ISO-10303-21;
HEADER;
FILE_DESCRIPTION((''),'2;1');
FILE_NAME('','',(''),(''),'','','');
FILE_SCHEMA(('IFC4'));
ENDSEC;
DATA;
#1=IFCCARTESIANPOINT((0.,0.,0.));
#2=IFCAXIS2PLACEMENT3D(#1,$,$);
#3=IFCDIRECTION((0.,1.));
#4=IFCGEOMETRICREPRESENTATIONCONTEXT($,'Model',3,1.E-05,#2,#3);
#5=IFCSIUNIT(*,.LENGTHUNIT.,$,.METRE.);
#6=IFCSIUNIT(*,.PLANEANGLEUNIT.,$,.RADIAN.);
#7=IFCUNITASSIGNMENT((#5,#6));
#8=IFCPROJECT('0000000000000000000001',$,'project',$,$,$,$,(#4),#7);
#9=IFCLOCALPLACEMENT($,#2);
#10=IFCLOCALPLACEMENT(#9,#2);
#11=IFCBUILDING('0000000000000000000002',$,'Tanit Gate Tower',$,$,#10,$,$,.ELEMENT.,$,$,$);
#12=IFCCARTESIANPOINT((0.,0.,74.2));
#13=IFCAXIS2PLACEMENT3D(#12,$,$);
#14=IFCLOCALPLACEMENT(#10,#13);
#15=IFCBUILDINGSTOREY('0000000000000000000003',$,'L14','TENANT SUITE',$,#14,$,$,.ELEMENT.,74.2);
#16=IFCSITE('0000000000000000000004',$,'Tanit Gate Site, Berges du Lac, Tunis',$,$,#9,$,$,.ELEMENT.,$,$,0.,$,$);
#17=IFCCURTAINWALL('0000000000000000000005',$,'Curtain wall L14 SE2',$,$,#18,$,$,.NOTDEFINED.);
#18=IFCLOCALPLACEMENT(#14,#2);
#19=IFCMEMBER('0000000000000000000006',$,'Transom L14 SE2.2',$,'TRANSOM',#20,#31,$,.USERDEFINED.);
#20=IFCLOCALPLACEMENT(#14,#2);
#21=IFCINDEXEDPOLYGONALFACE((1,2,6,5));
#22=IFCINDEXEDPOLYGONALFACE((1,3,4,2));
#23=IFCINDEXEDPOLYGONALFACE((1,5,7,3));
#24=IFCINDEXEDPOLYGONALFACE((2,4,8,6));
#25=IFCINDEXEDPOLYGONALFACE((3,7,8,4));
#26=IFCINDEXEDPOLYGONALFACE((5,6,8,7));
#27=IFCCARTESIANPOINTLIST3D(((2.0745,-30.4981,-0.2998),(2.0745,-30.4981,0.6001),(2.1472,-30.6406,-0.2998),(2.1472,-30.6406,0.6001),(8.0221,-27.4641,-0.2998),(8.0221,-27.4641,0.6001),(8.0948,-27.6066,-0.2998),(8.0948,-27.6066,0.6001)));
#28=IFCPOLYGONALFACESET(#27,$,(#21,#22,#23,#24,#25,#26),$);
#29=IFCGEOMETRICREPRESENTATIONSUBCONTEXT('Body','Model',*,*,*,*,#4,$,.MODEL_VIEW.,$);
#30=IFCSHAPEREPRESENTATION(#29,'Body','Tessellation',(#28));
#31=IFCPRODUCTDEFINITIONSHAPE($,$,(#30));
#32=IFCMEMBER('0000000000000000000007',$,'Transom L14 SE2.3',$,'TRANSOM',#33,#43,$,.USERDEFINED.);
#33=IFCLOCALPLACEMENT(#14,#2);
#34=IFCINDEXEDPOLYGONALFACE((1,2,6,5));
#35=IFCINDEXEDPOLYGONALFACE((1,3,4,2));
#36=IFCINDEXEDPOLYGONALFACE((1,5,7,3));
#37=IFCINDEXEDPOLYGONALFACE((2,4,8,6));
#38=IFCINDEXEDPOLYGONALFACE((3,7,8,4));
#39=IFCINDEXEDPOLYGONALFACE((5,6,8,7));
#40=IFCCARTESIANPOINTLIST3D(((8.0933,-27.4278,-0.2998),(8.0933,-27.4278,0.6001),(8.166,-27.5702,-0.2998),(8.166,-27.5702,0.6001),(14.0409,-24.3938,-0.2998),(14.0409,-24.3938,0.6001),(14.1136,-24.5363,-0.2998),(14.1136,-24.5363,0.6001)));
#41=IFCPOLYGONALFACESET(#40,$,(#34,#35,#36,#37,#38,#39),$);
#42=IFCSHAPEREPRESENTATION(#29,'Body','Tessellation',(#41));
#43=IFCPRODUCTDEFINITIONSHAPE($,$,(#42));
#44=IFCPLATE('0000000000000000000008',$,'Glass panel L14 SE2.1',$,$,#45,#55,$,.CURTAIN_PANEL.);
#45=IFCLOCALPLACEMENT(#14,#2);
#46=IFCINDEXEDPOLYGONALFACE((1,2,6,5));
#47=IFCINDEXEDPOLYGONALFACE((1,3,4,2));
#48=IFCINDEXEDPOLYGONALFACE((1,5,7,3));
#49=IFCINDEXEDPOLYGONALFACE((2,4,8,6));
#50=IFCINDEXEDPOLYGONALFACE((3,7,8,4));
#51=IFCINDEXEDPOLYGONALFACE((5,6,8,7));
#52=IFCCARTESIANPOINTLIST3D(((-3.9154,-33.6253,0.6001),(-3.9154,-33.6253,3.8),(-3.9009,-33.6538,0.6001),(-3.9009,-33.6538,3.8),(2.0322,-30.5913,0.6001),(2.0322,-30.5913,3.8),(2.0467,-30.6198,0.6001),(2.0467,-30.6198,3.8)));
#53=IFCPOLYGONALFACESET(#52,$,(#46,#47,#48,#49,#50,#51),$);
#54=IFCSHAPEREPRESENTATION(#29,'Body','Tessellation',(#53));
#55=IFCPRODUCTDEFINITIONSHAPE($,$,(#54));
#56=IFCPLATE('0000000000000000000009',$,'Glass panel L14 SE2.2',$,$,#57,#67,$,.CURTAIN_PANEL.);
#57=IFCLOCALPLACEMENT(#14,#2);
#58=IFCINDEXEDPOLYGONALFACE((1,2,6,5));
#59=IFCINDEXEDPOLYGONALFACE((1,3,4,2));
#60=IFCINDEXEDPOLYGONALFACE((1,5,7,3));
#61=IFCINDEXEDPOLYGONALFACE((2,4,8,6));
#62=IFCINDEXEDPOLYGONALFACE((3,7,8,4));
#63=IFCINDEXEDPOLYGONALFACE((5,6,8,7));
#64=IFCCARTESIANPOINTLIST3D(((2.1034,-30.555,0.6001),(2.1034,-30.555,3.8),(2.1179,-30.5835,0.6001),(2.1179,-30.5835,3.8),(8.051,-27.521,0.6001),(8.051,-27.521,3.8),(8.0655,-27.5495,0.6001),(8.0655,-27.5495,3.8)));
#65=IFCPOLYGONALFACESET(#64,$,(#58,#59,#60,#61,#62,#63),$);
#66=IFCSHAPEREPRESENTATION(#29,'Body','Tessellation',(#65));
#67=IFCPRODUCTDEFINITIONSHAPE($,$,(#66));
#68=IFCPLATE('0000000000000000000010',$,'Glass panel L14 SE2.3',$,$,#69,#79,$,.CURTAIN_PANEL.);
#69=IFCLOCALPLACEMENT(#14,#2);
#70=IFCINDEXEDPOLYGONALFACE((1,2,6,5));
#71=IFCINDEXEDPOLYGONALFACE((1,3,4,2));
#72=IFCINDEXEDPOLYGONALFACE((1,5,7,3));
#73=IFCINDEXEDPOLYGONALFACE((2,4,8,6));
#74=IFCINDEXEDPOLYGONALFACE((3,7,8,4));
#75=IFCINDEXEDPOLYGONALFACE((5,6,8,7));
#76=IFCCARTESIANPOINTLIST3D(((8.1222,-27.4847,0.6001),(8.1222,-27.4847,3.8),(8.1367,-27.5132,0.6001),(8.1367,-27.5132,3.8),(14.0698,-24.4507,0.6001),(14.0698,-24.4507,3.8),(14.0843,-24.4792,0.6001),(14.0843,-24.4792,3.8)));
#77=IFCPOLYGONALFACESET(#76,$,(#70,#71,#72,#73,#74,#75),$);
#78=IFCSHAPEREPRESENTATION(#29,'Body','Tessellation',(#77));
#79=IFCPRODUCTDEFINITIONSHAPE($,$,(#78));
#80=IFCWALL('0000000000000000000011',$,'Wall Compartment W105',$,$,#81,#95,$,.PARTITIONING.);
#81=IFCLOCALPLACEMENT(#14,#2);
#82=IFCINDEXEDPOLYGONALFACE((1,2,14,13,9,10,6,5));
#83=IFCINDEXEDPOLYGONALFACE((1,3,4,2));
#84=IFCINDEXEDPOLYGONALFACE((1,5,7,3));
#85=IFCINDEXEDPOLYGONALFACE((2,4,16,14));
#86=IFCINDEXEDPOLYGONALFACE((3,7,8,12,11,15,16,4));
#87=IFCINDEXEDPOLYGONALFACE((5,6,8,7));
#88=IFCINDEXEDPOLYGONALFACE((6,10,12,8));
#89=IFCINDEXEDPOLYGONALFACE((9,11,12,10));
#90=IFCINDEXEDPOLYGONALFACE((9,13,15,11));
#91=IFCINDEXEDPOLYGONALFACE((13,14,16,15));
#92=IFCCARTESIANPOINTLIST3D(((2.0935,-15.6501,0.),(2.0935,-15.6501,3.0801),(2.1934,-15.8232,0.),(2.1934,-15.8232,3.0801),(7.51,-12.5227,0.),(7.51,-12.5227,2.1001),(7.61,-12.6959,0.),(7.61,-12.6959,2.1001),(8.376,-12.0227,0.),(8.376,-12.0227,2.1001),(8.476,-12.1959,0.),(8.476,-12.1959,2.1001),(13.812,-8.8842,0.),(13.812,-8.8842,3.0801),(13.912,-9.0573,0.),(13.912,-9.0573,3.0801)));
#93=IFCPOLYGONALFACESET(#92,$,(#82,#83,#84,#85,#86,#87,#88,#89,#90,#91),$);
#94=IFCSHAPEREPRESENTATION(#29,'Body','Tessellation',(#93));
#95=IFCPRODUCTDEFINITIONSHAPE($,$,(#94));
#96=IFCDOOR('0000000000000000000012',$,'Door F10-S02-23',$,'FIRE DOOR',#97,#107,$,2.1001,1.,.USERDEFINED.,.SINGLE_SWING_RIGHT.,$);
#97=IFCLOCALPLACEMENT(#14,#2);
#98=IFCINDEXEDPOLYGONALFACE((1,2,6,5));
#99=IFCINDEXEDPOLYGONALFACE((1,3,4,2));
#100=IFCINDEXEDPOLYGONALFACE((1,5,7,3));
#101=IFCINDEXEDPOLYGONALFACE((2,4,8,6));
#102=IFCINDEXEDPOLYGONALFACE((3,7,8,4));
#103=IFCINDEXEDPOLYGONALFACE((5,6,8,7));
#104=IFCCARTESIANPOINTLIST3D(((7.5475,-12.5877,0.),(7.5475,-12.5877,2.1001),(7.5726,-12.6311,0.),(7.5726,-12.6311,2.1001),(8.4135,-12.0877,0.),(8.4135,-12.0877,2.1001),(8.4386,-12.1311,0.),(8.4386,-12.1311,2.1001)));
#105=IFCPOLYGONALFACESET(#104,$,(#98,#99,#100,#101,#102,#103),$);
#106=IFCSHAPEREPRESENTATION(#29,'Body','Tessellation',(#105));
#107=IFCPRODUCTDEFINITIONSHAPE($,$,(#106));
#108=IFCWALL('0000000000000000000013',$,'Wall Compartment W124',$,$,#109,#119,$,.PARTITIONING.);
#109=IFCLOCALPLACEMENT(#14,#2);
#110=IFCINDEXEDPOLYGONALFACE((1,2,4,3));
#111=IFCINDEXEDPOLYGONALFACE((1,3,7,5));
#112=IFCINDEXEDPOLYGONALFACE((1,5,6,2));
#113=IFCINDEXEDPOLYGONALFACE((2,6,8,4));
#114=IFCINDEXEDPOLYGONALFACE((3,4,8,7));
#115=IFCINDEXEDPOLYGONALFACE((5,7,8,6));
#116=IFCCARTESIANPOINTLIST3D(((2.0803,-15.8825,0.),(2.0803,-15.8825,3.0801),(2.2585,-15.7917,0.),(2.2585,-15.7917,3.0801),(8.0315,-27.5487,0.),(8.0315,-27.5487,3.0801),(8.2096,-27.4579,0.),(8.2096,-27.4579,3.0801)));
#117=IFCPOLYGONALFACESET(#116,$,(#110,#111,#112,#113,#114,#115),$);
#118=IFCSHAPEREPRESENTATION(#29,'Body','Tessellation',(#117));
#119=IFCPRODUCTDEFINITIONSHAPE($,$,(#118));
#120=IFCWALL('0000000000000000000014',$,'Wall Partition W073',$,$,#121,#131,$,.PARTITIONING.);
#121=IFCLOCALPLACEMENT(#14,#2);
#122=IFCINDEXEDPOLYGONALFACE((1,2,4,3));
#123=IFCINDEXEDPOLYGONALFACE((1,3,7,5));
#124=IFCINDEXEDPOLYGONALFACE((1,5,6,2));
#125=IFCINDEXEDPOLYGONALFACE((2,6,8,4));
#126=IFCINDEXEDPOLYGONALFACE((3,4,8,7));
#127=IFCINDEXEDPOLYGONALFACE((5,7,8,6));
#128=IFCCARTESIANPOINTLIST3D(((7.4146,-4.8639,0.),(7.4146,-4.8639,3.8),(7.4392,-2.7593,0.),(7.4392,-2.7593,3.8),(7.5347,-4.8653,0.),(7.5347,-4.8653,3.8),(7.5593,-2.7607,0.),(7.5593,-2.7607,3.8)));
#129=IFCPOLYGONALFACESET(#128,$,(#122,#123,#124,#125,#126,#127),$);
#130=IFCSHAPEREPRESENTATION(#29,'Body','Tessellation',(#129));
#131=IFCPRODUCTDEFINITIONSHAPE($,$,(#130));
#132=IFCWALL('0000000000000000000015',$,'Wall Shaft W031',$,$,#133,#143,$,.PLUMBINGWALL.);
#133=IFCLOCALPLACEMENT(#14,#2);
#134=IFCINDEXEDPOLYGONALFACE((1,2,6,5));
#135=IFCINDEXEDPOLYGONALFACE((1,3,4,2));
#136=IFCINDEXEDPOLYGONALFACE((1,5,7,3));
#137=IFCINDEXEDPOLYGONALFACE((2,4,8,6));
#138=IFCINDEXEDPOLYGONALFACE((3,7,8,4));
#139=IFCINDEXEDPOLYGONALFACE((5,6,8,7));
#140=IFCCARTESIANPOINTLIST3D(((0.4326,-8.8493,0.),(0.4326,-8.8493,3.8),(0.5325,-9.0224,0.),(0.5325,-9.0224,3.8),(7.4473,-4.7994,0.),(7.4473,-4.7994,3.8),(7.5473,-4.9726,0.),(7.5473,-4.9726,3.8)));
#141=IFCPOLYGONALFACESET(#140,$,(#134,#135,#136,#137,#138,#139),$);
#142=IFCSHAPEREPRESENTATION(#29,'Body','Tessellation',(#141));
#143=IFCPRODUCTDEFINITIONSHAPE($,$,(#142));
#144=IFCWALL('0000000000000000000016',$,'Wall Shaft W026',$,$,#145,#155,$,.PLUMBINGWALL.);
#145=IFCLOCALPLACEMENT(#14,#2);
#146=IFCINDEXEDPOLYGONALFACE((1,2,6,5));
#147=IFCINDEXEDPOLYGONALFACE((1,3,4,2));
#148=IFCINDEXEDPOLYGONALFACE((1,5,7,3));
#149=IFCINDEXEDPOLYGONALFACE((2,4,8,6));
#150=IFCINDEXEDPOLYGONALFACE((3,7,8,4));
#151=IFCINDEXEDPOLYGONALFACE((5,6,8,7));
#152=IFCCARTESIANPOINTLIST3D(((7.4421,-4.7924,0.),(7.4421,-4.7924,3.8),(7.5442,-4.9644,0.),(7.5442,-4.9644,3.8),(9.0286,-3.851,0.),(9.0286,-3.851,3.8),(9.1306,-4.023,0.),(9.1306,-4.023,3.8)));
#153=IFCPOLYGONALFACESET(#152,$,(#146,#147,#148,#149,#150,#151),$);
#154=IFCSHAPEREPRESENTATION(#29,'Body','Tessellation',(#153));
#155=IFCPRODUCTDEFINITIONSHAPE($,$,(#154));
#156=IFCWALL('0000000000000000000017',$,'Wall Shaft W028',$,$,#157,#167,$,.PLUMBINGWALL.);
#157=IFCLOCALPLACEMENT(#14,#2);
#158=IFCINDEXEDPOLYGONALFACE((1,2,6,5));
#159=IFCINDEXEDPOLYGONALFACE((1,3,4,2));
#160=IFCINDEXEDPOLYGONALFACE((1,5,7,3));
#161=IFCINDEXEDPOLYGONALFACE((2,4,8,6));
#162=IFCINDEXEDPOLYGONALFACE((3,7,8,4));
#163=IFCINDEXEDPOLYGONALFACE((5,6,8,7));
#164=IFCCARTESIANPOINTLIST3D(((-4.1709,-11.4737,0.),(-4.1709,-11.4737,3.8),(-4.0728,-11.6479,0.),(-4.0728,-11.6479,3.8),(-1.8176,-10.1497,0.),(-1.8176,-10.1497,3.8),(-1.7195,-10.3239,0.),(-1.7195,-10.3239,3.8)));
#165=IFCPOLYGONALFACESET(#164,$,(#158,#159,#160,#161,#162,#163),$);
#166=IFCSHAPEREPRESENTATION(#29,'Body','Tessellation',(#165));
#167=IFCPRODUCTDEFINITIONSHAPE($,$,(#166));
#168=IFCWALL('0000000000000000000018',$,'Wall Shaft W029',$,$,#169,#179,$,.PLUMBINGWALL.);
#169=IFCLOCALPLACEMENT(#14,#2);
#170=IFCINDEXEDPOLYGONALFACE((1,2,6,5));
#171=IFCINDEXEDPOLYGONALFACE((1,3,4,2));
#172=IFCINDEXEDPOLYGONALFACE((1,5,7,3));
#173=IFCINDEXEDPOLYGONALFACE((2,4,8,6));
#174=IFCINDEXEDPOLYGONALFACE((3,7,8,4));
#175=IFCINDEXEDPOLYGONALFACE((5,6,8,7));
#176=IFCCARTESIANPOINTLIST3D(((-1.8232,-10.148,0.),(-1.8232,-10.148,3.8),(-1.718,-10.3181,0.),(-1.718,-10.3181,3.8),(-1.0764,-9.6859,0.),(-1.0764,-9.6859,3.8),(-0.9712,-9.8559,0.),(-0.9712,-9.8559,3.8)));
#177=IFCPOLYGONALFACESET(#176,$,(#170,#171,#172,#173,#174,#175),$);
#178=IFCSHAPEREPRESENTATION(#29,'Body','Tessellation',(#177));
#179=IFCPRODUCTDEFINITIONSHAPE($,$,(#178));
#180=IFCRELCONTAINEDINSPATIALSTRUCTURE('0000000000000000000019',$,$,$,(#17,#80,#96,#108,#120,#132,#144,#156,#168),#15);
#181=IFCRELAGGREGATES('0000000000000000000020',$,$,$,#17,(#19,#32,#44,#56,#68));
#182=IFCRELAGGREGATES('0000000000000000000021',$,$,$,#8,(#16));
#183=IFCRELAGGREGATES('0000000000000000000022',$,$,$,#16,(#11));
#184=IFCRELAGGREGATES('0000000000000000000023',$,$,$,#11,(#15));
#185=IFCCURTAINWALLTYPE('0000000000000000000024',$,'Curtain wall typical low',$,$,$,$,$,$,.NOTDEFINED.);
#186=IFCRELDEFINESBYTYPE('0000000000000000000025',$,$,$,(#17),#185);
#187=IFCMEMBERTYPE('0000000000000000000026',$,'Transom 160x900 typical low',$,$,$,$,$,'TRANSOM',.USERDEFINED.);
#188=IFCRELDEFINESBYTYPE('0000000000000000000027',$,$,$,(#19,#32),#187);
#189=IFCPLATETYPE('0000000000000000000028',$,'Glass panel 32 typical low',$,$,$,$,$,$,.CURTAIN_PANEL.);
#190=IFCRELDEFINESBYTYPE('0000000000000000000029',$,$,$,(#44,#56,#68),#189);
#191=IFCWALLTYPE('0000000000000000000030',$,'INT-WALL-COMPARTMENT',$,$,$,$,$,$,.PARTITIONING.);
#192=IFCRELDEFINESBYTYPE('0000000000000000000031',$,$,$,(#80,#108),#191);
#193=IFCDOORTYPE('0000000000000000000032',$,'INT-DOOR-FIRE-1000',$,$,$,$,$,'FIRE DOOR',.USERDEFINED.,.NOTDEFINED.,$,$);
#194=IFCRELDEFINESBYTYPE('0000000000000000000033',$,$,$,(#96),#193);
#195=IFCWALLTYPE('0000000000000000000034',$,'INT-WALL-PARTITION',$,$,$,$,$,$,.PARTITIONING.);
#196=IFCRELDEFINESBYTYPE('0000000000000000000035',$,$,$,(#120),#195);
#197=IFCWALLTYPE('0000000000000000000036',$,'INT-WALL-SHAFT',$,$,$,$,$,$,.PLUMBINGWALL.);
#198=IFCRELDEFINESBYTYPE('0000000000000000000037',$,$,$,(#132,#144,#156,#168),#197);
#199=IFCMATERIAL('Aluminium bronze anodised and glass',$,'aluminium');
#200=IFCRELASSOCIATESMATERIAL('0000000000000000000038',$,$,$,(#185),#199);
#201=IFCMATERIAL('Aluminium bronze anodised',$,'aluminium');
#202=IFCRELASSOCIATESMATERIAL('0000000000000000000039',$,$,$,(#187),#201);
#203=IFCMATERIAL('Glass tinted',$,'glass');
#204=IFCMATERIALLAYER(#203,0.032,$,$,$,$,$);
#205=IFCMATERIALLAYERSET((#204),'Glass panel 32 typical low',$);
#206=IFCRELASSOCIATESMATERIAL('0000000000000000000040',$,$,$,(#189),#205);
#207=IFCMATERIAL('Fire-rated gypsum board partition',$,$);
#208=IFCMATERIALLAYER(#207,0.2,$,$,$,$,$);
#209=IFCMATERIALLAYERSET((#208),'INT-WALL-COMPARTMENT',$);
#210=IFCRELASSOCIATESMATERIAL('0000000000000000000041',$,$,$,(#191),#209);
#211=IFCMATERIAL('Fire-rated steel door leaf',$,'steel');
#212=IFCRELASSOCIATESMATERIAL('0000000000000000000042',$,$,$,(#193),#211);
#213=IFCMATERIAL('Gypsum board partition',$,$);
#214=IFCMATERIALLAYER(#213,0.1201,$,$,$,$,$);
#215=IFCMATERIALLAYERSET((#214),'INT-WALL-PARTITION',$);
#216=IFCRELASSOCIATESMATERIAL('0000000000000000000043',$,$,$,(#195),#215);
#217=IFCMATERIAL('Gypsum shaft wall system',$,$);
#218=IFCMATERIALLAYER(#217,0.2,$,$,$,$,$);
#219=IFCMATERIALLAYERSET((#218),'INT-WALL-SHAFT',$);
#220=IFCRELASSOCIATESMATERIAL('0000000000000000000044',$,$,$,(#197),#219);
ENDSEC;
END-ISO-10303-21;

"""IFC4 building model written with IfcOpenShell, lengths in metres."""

from ifc_helpers import new_model, si_unit, direction, frame, frame_2d, origin, origin_2d, place, context, subcontext, project, spatial, rectangle, extrude, material, layer, layer_set, material_profile, profile_set, type_object, element, fill, aggregate, save


model = new_model("IFC4")

# Units and contexts
model_context = context("Model", 3, precision=1e-05, world=origin(), true_north=direction((0.0, 1.0)))
body_context = subcontext(model_context, "Body", "Model", "MODEL_VIEW")
ifc_project = project(units=[si_unit("LENGTHUNIT", "METRE"), si_unit("PLANEANGLEUNIT", "RADIAN")], contexts=[model_context])

# Site, building, storey
site_placement = place(None, origin())
site = spatial("IfcSite", under=ifc_project, at=site_placement, Name="Tanit Gate Site, Berges du Lac, Tunis", CompositionType="ELEMENT", RefElevation=0.0)
building_placement = place(site_placement, origin())
building = spatial("IfcBuilding", under=site, at=building_placement, Name="Tanit Gate Tower", CompositionType="ELEMENT")
storey_placement = place(building_placement, frame((0.0, 0.0, 74.2)))
storey = spatial("IfcBuildingStorey", under=building, at=storey_placement, Name="L14", Description="TENANT SUITE", CompositionType="ELEMENT", Elevation=74.2)

# Curtain wall
ifc_material_1 = material(Name="Aluminium bronze anodised and glass", Category="aluminium")
curtain_wall_type = type_object("IfcCurtainWallType", Name="Curtain wall typical low", PredefinedType="NOTDEFINED", material=ifc_material_1)
curtain_wall_placement = place(storey_placement, origin())
curtain_wall = element("IfcCurtainWall", 1, at=curtain_wall_placement, inside=storey, type_object=curtain_wall_type, Name="Curtain wall L14 SE2", PredefinedType="NOTDEFINED")

# Members
ifc_material_2 = material(Name="Aluminium bronze anodised", Category="aluminium")
ifc_material_profile_1 = material_profile(ifc_material_2, rectangle(XDim=0.1599, YDim=0.8999, at=origin_2d()), Name="160x900 bronze transom")
ifc_profile_set_1 = profile_set([ifc_material_profile_1], Name="Aluminium bronze anodised")
member_type_1 = type_object("IfcMemberType", Name="Transom 160x900 typical low", ElementType="TRANSOM", PredefinedType="USERDEFINED", material=ifc_profile_set_1)
member_1_placement = place(storey_placement, frame((2.1108, -30.5693, 0.1501), z_axis=(0.890793, 0.45441, 0.0), x_axis=(-0.45441, 0.890793, 0.0)))
member_1 = element("IfcMember", 2, at=member_1_placement, type_object=member_type_1, Name="Transom L14 SE2.2", ObjectType="TRANSOM", PredefinedType="USERDEFINED", context=body_context, shape_type="SweptSolid", body=[
    extrude(rectangle(XDim=0.1599, YDim=0.8999, at=origin_2d()), origin(), (0.0, 0.0, 1.0), 6.6768),
])
member_2_placement = place(storey_placement, frame((8.1296, -27.499, 0.1501), z_axis=(0.890793, 0.45441, 0.0), x_axis=(-0.45441, 0.890793, 0.0)))
member_2 = element("IfcMember", 3, at=member_2_placement, type_object=member_type_1, Name="Transom L14 SE2.3", ObjectType="TRANSOM", PredefinedType="USERDEFINED", context=body_context, shape_type="SweptSolid", body=[
    extrude(rectangle(XDim=0.1599, YDim=0.8999, at=origin_2d()), origin(), (0.0, 0.0, 1.0), 6.6768),
])

# Plates
ifc_material_3 = material(Name="Glass tinted", Category="glass")
ifc_layer_1 = layer(ifc_material_3, 0.032)
ifc_layer_set_1 = layer_set([ifc_layer_1], Name="Glass panel 32 typical low")
plate_type = type_object("IfcPlateType", Name="Glass panel 32 typical low", PredefinedType="CURTAIN_PANEL", material=ifc_layer_set_1)
plate_1_placement = place(storey_placement, frame((-0.9343, -32.1226, 0.6001), z_axis=(0.0, 0.0, 1.0), x_axis=(0.890792, 0.454411, 0.0)))
plate_1 = element("IfcPlate", 4, at=plate_1_placement, type_object=plate_type, Name="Glass panel L14 SE2.1", PredefinedType="CURTAIN_PANEL", context=body_context, shape_type="SweptSolid", body=[
    extrude(rectangle(XDim=6.6768, YDim=0.032, at=origin_2d()), origin(), (0.0, 0.0, 1.0), 3.2),
])
plate_2_placement = place(storey_placement, frame((5.0845, -29.0522, 0.6001), z_axis=(0.0, 0.0, 1.0), x_axis=(0.890792, 0.454411, 0.0)))
plate_2 = element("IfcPlate", 5, at=plate_2_placement, type_object=plate_type, Name="Glass panel L14 SE2.2", PredefinedType="CURTAIN_PANEL", context=body_context, shape_type="SweptSolid", body=[
    extrude(rectangle(XDim=6.6768, YDim=0.032, at=origin_2d()), origin(), (0.0, 0.0, 1.0), 3.2),
])
plate_3_placement = place(storey_placement, frame((11.1033, -25.9819, 0.6001), z_axis=(0.0, 0.0, 1.0), x_axis=(0.890792, 0.454411, 0.0)))
plate_3 = element("IfcPlate", 6, at=plate_3_placement, type_object=plate_type, Name="Glass panel L14 SE2.3", PredefinedType="CURTAIN_PANEL", context=body_context, shape_type="SweptSolid", body=[
    extrude(rectangle(XDim=6.6768, YDim=0.032, at=origin_2d()), origin(), (0.0, 0.0, 1.0), 3.2),
])
aggregate(curtain_wall, [member_1, member_2, plate_1, plate_2, plate_3])

# Wall, opening, door
ifc_material_4 = material(Name="Fire-rated gypsum board partition")
ifc_layer_2 = layer(ifc_material_4, 0.2)
ifc_layer_set_2 = layer_set([ifc_layer_2], Name="INT-WALL-COMPARTMENT")
wall_type_1 = type_object("IfcWallType", Name="INT-WALL-COMPARTMENT", PredefinedType="PARTITIONING", material=ifc_layer_set_2)
wall_1_placement = place(storey_placement, frame((2.1436, -15.7366, 0.0), z_axis=(0.0, 0.0, 1.0), x_axis=(0.866019, 0.50001, 0.0)))
wall_1 = element("IfcWall", 7, at=wall_1_placement, inside=storey, type_object=wall_type_1, Name="Wall Compartment W105", PredefinedType="PARTITIONING", context=body_context, shape_type="SweptSolid", body=[
    extrude(rectangle(XDim=13.5315, YDim=0.2, at=frame_2d((6.7656, 0.0))), origin(), (0.0, 0.0, 1.0), 3.0801),
])
opening_placement = place(wall_1_placement, frame((6.2544, 0.0, 0.0)))
opening = element("IfcOpeningElement", 8, at=opening_placement, cuts=wall_1, PredefinedType="OPENING", context=body_context, shape_type="SweptSolid", body=[
    extrude(rectangle(XDim=1.0, YDim=2.1001, at=frame_2d((0.5, 1.05))), frame((0.0, 0.1099, 0.0), z_axis=(0.0, -1.0, 0.0), x_axis=(1.0, 0.0, 0.0)), (0.0, 0.0, 1.0), 0.22),
])
ifc_material_5 = material(Name="Fire-rated steel door leaf", Category="steel")
door_type = type_object("IfcDoorType", Name="INT-DOOR-FIRE-1000", ElementType="FIRE DOOR", OperationType="NOTDEFINED", PredefinedType="USERDEFINED", material=ifc_material_5)
door_placement = place(opening_placement, origin())
door = element("IfcDoor", 9, at=door_placement, inside=storey, type_object=door_type, Name="Door F10-S02-23", ObjectType="FIRE DOOR", OperationType="SINGLE_SWING_RIGHT", OverallHeight=2.1001, OverallWidth=1.0, PredefinedType="USERDEFINED", context=body_context, shape_type="SweptSolid", body=[
    extrude(rectangle(XDim=1.0, YDim=2.1001, at=frame_2d((0.5, 1.05))), frame((0.0, 0.0249, 0.0), z_axis=(0.0, -1.0, 0.0), x_axis=(1.0, 0.0, 0.0)), (0.0, 0.0, 1.0), 0.05),
])
fill(opening, door)

# Walls
wall_2_placement = place(storey_placement, frame((8.1206, -27.5034, 0.0), z_axis=(0.0, 0.0, 1.0), x_axis=(-0.45441, 0.890793, 0.0)))
element("IfcWall", 10, at=wall_2_placement, inside=storey, type_object=wall_type_1, Name="Wall Compartment W124", PredefinedType="PARTITIONING", context=body_context, shape_type="SweptSolid", body=[
    extrude(rectangle(XDim=13.0964, YDim=0.2, at=frame_2d((6.5483, 0.0))), origin(), (0.0, 0.0, 1.0), 3.0801),
])
ifc_material_6 = material(Name="Gypsum board partition")
ifc_layer_3 = layer(ifc_material_6, 0.1201)
ifc_layer_set_3 = layer_set([ifc_layer_3], Name="INT-WALL-PARTITION")
wall_type_2 = type_object("IfcWallType", Name="INT-WALL-PARTITION", PredefinedType="PARTITIONING", material=ifc_layer_set_3)
wall_3_placement = place(storey_placement, frame((7.4746, -4.8645, 0.0), z_axis=(0.0, 0.0, 1.0), x_axis=(0.011716, 0.999931, 0.0)))
element("IfcWall", 11, at=wall_3_placement, inside=storey, type_object=wall_type_2, Name="Wall Partition W073", PredefinedType="PARTITIONING", context=body_context, shape_type="SweptSolid", body=[
    extrude(rectangle(XDim=2.1047, YDim=0.1201, at=frame_2d((1.0522, 0.0))), origin(), (0.0, 0.0, 1.0), 3.8),
])
ifc_material_7 = material(Name="Gypsum shaft wall system")
ifc_layer_4 = layer(ifc_material_7, 0.2)
ifc_layer_set_4 = layer_set([ifc_layer_4], Name="INT-WALL-SHAFT")
wall_type_3 = type_object("IfcWallType", Name="INT-WALL-SHAFT", PredefinedType="PLUMBINGWALL", material=ifc_layer_set_4)
wall_4_placement = place(storey_placement, frame((0.4827, -8.9358, 0.0), z_axis=(0.0, 0.0, 1.0), x_axis=(0.866031, 0.49999, 0.0)))
element("IfcWall", 12, at=wall_4_placement, inside=storey, type_object=wall_type_3, Name="Wall Shaft W031", PredefinedType="PLUMBINGWALL", context=body_context, shape_type="SweptSolid", body=[
    extrude(rectangle(XDim=8.0999, YDim=0.2, at=frame_2d((4.0498, 0.0))), origin(), (0.0, 0.0, 1.0), 3.8),
])
wall_5_placement = place(storey_placement, frame((7.4932, -4.8784, 0.0), z_axis=(0.0, 0.0, 1.0), x_axis=(0.859982, 0.510325, 0.0)))
element("IfcWall", 13, at=wall_5_placement, inside=storey, type_object=wall_type_3, Name="Wall Shaft W026", PredefinedType="PLUMBINGWALL", context=body_context, shape_type="SweptSolid", body=[
    extrude(rectangle(XDim=1.8447, YDim=0.2, at=frame_2d((0.9224, 0.0))), origin(), (0.0, 0.0, 1.0), 3.8),
])
wall_6_placement = place(storey_placement, frame((-1.7686, -10.2368, 0.0), z_axis=(0.0, 0.0, 1.0), x_axis=(-0.871534, -0.490334, 0.0)))
element("IfcWall", 14, at=wall_6_placement, inside=storey, type_object=wall_type_3, Name="Wall Shaft W028", PredefinedType="PLUMBINGWALL", context=body_context, shape_type="SweptSolid", body=[
    extrude(rectangle(XDim=2.7002, YDim=0.2, at=frame_2d((1.3501, 0.0))), origin(), (0.0, 0.0, 1.0), 3.8),
])
wall_7_placement = place(storey_placement, frame((-1.0239, -9.771, 0.0), z_axis=(0.0, 0.0, 1.0), x_axis=(-0.850348, -0.526221, 0.0)))
element("IfcWall", 15, at=wall_7_placement, inside=storey, type_object=wall_type_3, Name="Wall Shaft W029", PredefinedType="PLUMBINGWALL", context=body_context, shape_type="SweptSolid", body=[
    extrude(rectangle(XDim=0.8782, YDim=0.2, at=frame_2d((0.439, 0.0))), origin(), (0.0, 0.0, 1.0), 3.8),
])

save(model, "model.ifc")
